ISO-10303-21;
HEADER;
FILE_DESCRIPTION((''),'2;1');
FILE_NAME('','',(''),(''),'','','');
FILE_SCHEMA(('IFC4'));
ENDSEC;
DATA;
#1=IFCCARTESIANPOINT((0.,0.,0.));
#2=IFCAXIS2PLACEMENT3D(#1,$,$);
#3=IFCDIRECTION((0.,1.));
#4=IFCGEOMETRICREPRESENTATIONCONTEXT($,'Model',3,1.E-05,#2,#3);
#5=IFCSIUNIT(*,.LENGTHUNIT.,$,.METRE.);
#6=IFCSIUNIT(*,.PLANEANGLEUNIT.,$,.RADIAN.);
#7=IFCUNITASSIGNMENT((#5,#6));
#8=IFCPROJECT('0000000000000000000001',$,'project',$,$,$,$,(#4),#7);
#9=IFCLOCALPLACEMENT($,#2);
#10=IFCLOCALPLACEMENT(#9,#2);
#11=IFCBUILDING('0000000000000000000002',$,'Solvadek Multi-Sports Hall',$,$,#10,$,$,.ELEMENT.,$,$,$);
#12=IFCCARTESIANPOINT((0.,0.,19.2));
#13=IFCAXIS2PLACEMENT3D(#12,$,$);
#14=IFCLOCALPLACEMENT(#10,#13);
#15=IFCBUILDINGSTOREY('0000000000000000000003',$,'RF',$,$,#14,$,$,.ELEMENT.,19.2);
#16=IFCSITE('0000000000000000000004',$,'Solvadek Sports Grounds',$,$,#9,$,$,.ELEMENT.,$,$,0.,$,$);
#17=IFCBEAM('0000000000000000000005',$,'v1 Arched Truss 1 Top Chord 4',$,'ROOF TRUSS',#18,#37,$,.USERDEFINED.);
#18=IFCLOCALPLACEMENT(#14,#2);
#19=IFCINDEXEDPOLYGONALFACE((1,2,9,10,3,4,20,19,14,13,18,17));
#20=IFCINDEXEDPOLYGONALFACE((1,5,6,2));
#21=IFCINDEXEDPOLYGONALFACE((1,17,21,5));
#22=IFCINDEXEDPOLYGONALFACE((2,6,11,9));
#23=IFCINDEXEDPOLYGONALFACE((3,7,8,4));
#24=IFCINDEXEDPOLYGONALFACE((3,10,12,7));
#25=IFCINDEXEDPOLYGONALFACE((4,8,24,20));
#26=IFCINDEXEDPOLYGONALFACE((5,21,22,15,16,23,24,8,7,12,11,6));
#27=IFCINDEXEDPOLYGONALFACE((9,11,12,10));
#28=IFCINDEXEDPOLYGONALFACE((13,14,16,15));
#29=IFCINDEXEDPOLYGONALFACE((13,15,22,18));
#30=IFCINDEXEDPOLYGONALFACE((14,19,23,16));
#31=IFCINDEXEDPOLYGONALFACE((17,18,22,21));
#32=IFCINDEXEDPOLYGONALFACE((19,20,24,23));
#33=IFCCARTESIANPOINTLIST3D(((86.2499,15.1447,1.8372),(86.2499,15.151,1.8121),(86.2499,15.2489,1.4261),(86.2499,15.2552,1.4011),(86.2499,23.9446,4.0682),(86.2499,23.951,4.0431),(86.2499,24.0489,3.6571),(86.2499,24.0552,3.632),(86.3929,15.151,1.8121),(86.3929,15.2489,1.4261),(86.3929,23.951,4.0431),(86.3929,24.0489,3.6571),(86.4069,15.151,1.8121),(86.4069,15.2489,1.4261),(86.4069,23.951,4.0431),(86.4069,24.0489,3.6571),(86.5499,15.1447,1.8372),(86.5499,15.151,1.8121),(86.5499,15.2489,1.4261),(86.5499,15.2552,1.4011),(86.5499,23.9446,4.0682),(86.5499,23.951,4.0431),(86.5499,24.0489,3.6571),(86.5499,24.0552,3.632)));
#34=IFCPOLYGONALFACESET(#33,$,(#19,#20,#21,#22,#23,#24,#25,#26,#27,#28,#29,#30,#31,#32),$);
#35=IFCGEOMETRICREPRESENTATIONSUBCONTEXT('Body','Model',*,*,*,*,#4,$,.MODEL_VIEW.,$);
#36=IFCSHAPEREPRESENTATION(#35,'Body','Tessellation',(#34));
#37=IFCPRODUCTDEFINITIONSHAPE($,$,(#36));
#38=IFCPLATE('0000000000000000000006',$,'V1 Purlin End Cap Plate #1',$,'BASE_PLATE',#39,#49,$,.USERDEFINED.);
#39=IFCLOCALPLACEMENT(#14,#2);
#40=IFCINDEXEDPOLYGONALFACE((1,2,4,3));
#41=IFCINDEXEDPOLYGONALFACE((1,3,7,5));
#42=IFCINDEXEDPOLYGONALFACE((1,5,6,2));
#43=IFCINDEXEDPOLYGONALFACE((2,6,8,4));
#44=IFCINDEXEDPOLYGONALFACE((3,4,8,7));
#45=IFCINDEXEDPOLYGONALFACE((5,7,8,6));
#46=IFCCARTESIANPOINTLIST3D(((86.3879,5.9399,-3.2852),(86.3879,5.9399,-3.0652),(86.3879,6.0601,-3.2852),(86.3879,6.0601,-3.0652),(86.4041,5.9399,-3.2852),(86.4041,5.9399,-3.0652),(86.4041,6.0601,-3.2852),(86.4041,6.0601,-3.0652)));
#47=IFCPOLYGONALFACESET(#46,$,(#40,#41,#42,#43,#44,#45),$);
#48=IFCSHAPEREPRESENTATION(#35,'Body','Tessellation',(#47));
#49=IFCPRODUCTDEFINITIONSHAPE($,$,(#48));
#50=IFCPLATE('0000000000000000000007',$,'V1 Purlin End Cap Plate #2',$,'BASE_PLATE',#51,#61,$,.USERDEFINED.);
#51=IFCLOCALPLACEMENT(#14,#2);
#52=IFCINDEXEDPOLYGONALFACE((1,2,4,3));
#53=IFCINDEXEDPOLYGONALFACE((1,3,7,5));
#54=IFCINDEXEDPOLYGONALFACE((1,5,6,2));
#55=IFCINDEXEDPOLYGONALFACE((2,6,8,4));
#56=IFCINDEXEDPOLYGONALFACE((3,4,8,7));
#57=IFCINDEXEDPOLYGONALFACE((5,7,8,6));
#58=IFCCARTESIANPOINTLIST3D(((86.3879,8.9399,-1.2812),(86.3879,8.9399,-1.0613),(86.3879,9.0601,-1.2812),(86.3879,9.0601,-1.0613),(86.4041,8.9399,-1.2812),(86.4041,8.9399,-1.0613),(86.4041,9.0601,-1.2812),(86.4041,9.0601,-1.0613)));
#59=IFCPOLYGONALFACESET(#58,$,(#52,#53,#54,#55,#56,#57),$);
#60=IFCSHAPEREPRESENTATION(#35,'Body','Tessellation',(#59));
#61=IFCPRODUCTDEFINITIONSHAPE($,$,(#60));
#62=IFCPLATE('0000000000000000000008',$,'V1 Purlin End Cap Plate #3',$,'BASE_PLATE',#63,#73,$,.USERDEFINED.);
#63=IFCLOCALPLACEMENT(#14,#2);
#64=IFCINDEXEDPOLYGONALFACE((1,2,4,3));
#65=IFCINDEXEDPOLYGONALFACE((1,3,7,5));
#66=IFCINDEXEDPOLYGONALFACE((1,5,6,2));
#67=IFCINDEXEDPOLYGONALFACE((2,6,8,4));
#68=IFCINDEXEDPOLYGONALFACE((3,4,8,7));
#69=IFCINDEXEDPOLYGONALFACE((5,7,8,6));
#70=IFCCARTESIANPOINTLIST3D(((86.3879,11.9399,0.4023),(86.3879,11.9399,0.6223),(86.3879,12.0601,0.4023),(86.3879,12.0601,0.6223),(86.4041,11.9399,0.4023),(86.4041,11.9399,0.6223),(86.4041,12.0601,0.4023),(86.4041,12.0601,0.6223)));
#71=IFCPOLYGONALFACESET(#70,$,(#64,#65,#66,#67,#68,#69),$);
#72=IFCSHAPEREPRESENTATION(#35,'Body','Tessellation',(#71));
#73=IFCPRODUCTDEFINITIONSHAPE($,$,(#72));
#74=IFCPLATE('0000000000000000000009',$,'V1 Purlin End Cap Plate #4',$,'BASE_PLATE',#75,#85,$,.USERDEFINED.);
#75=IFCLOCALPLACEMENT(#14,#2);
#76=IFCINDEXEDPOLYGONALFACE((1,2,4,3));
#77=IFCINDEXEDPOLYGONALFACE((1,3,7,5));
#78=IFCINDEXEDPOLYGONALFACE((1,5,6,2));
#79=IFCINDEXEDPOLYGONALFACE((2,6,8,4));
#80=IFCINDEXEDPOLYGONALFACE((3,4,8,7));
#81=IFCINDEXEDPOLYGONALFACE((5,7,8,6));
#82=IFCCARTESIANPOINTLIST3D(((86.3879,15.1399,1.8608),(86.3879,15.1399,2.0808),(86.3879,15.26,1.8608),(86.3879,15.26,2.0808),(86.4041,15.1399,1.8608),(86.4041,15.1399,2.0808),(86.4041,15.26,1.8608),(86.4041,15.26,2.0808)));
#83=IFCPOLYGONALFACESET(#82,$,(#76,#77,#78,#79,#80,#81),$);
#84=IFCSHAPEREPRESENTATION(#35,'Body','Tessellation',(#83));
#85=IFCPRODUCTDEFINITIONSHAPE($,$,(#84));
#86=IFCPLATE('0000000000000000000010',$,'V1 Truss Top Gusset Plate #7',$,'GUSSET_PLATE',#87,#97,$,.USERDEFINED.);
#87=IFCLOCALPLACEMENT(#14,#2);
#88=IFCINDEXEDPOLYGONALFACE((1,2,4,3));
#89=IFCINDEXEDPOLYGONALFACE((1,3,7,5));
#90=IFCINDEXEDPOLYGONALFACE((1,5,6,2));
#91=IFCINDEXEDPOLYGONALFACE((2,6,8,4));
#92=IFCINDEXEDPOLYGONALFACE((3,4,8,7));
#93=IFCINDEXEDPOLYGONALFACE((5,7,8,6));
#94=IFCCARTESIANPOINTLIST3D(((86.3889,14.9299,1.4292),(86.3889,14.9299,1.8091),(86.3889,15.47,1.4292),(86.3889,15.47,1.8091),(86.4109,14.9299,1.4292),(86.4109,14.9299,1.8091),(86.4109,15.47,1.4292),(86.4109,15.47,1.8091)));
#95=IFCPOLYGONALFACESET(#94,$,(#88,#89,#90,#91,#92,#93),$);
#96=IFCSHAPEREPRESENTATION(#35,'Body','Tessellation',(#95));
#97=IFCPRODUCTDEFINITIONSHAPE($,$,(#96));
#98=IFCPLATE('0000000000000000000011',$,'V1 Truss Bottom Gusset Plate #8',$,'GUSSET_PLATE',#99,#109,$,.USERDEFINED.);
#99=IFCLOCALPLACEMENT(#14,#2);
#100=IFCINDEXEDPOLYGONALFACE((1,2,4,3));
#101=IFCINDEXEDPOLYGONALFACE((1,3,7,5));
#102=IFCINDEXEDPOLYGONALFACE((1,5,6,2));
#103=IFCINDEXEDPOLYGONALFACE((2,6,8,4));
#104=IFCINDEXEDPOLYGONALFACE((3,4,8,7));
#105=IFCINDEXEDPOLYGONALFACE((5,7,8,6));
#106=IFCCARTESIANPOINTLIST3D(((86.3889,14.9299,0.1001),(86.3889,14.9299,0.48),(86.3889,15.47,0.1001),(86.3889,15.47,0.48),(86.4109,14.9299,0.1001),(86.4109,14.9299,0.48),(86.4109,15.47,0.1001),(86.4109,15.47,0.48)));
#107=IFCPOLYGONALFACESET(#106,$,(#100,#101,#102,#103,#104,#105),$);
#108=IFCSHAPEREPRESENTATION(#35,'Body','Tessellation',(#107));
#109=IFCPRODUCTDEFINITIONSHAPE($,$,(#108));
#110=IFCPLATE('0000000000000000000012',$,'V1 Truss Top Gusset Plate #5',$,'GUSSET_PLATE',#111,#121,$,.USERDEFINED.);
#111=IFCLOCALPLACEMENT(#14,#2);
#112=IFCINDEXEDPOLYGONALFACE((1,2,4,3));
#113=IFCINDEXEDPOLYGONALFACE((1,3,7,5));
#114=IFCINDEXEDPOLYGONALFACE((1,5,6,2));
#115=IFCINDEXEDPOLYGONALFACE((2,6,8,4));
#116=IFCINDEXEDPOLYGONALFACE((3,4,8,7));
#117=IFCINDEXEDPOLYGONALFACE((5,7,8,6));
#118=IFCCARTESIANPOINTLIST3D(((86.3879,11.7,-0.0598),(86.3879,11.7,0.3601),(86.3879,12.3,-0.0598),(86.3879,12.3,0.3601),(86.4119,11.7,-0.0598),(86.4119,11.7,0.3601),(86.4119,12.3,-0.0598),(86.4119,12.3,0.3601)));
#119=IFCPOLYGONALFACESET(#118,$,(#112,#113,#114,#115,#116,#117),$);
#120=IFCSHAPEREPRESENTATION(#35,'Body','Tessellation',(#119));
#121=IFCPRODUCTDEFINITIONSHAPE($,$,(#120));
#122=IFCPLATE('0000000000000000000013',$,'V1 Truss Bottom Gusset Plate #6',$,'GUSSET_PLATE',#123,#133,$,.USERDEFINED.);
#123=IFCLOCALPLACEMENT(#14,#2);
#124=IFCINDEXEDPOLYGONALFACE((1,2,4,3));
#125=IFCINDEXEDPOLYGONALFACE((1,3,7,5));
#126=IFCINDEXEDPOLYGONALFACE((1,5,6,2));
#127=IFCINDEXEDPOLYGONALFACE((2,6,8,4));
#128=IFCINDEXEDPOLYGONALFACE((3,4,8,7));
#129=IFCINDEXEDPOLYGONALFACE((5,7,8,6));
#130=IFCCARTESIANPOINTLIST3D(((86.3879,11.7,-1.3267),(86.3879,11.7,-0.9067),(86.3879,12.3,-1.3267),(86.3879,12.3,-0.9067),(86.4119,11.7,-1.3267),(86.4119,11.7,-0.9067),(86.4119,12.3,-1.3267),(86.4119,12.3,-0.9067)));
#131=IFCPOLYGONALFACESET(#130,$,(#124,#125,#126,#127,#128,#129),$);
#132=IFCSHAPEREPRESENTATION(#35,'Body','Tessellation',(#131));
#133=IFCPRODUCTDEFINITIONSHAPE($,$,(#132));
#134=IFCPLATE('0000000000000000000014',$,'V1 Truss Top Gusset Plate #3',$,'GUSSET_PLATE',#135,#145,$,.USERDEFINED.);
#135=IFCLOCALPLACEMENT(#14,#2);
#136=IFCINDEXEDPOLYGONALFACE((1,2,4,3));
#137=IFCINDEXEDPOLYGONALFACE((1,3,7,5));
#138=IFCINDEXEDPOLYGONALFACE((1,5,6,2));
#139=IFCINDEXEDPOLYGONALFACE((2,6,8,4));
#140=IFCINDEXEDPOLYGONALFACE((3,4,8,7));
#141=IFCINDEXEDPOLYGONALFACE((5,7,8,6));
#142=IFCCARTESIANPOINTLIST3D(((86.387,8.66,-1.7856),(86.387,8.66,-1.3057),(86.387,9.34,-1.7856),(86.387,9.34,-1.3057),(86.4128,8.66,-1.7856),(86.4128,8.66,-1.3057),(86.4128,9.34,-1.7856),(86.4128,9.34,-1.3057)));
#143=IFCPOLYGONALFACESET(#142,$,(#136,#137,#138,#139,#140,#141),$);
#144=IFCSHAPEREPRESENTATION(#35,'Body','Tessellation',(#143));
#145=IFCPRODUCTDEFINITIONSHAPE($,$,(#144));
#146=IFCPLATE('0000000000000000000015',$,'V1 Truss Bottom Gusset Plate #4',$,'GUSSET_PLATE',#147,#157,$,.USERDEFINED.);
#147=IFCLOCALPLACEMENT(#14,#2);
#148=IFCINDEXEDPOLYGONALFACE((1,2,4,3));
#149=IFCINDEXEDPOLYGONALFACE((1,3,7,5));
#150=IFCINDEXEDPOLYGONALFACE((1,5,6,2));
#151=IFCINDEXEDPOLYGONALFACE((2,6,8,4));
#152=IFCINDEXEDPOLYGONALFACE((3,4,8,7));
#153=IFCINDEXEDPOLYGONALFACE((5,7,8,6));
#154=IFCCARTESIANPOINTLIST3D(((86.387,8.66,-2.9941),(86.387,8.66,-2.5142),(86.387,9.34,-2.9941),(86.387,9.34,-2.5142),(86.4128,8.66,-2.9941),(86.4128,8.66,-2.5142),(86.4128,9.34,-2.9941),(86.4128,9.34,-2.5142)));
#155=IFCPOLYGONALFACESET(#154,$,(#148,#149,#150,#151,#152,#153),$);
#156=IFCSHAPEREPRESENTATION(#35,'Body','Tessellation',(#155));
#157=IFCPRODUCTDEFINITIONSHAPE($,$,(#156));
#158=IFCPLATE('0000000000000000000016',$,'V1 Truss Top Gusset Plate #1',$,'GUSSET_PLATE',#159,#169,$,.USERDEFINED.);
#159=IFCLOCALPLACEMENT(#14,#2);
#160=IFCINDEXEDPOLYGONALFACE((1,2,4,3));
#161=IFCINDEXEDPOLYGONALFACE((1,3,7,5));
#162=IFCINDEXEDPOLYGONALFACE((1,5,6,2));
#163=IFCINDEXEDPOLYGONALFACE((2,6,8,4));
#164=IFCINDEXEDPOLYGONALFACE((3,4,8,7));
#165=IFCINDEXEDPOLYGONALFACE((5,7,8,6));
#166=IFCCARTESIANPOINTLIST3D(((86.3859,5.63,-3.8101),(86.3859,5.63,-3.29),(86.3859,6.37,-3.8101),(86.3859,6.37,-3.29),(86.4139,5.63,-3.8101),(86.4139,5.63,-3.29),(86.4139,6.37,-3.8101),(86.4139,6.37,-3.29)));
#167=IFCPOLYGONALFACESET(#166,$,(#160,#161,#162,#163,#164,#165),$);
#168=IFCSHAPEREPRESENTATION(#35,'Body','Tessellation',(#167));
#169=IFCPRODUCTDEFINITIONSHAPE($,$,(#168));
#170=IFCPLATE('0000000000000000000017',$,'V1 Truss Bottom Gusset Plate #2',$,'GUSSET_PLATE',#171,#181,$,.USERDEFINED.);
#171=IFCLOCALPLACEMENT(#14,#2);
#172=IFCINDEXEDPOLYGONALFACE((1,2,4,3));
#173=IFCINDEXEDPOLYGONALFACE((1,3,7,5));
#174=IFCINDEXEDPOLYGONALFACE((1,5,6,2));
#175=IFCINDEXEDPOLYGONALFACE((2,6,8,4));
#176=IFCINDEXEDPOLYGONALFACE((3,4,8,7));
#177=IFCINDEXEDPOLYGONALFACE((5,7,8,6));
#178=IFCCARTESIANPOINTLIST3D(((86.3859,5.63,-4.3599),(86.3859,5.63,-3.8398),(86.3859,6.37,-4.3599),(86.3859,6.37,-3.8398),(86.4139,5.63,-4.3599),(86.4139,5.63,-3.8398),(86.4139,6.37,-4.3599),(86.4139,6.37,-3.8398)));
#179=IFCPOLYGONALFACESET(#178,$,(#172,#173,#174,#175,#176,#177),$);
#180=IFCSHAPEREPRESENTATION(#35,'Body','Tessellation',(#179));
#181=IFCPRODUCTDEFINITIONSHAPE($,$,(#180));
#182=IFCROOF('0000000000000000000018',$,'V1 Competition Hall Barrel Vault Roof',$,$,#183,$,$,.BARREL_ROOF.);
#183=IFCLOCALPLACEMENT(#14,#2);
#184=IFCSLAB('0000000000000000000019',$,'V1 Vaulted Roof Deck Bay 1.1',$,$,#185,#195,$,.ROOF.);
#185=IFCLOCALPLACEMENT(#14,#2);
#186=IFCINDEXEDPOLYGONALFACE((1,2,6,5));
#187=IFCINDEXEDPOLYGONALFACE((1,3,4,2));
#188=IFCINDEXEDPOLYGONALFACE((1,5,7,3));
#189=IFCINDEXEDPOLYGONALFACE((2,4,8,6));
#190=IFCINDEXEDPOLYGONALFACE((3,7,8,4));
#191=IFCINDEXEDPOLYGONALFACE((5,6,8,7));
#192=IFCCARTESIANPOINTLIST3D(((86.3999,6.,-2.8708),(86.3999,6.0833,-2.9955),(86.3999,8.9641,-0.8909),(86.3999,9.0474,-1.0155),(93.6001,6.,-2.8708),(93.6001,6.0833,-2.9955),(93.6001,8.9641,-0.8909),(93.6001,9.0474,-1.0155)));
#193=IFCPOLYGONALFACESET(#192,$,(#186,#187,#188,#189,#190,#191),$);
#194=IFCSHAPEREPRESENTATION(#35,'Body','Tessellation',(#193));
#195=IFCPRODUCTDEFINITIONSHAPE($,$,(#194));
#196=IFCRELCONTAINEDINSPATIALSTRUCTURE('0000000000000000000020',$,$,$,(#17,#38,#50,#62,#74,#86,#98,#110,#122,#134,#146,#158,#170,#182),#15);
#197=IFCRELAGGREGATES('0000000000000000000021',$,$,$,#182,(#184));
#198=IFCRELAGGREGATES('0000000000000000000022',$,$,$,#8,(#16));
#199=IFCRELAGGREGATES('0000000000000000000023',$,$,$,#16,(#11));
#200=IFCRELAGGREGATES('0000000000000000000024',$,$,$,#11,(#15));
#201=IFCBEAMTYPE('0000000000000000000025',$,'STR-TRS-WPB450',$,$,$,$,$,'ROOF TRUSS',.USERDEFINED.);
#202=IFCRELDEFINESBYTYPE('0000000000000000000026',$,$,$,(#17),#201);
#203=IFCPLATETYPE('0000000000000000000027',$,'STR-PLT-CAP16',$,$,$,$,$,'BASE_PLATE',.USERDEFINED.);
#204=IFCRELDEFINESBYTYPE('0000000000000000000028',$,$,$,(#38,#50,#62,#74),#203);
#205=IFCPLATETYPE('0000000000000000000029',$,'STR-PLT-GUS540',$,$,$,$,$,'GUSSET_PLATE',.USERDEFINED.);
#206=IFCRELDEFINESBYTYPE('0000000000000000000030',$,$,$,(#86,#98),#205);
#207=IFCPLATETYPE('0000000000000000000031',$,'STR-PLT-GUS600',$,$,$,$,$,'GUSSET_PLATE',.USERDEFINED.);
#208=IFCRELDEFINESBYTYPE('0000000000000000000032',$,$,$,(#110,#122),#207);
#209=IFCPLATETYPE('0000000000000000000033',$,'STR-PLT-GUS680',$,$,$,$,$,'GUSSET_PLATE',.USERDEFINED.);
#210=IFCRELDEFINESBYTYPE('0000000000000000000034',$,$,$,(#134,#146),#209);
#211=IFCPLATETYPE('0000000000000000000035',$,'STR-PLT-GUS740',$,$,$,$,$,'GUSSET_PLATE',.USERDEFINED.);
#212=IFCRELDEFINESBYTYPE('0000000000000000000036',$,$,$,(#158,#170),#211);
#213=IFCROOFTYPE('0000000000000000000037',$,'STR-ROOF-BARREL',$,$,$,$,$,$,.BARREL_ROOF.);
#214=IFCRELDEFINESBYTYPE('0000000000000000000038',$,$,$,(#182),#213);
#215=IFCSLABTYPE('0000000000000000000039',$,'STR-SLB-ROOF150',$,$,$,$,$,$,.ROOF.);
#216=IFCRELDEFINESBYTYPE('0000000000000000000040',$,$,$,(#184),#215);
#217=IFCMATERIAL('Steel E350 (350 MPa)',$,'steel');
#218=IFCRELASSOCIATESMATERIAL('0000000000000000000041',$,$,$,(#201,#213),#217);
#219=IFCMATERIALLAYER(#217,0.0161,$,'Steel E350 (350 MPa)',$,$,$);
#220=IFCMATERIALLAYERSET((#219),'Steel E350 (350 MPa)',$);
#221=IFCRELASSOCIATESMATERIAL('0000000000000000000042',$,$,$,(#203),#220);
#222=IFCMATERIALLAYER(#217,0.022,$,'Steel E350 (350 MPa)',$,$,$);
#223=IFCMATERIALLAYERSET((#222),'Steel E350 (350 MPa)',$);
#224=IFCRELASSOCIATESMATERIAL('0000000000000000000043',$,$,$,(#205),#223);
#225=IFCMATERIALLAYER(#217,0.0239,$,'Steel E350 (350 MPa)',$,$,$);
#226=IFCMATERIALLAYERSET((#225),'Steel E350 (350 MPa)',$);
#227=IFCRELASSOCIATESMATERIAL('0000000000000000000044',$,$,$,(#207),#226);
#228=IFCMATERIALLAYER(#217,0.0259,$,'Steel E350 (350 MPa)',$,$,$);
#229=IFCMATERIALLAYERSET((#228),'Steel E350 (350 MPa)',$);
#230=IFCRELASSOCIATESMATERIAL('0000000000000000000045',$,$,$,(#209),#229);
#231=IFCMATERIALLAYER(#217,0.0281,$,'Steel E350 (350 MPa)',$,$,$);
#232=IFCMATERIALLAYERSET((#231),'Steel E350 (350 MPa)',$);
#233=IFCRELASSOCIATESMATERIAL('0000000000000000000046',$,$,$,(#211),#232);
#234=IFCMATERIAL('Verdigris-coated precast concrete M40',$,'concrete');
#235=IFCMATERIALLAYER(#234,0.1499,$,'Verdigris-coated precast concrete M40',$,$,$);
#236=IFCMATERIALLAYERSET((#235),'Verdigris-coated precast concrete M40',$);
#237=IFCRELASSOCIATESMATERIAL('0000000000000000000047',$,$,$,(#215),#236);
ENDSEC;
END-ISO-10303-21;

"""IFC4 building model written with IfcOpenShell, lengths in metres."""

from ifc_helpers import new_model, si_unit, direction, frame, origin, origin_2d, place, context, subcontext, project, spatial, polyline, rectangle, i_section, outline, extrude, material, layer, layer_set, material_profile, profile_set, type_object, element, aggregate, save


model = new_model("IFC4")

# Units and contexts
model_context = context("Model", 3, precision=1e-05, world=origin(), true_north=direction((0.0, 1.0)))
body_context = subcontext(model_context, "Body", "Model", "MODEL_VIEW")
ifc_project = project(units=[si_unit("LENGTHUNIT", "METRE"), si_unit("PLANEANGLEUNIT", "RADIAN")], contexts=[model_context])

# Site, building, storey
site_placement = place(None, origin())
site = spatial("IfcSite", under=ifc_project, at=site_placement, Name="Solvadek Sports Grounds", CompositionType="ELEMENT", RefElevation=0.0)
building_placement = place(site_placement, origin())
building = spatial("IfcBuilding", under=site, at=building_placement, Name="Solvadek Multi-Sports Hall", CompositionType="ELEMENT")
storey_placement = place(building_placement, frame((0.0, 0.0, 19.2)))
storey = spatial("IfcBuildingStorey", under=building, at=storey_placement, Name="RF", CompositionType="ELEMENT", Elevation=19.2)

# Shared definitions
ifc_material_1 = material(Name="Steel E350 (350 MPa)", Category="steel")

# Beam
ifc_material_profile_1 = material_profile(ifc_material_1, i_section(OverallWidth=0.3, OverallDepth=0.45, WebThickness=0.0139, FlangeThickness=0.0259, at=origin_2d()), Name="WPB 450")
ifc_profile_set_1 = profile_set([ifc_material_profile_1], Name="Steel E350 (350 MPa)")
beam_type_1 = type_object("IfcBeamType", Name="STR-TRS-WPB450", ElementType="ROOF TRUSS", PredefinedType="USERDEFINED", material=ifc_profile_set_1)
beam_1_placement = place(storey_placement, frame((86.3999, 15.2, 1.6191), z_axis=(0.0, 0.969335, 0.245742), x_axis=(-1.0, 0.0, 0.0)))
element("IfcBeam", 1, at=beam_1_placement, inside=storey, type_object=beam_type_1, Name="v1 Arched Truss 1 Top Chord 4", ObjectType="ROOF TRUSS", PredefinedType="USERDEFINED", context=body_context, shape_type="SweptSolid", body=[
    extrude(i_section(OverallWidth=0.3, OverallDepth=0.45, WebThickness=0.0139, FlangeThickness=0.0259, at=origin_2d()), origin(), (0.0, 0.0, 1.0), 9.0784),
])

# Plates
ifc_layer_1 = layer(ifc_material_1, 0.0161, Name="Steel E350 (350 MPa)")
ifc_layer_set_1 = layer_set([ifc_layer_1], Name="Steel E350 (350 MPa)")
plate_type_1 = type_object("IfcPlateType", Name="STR-PLT-CAP16", ElementType="BASE_PLATE", PredefinedType="USERDEFINED", material=ifc_layer_set_1)
for number, where, z_axis, x_axis, name in (
    (2, (86.396, 6.0, -3.2852), (0.0, 0.0, 1.0), (1.0, 0.0, 0.0), "V1 Purlin End Cap Plate #1"),
    (3, (86.396, 9.0, -1.2812), (0.0, 0.0, 1.0), (1.0, 0.0, 0.0), "V1 Purlin End Cap Plate #2"),
    (4, (86.396, 12.0, 0.4023), (0.0, 0.0, 1.0), (1.0, 0.0, 0.0), "V1 Purlin End Cap Plate #3"),
    (5, (86.396, 15.2, 1.8608), (0.0, 0.0, 1.0), (1.0, 0.0, 0.0), "V1 Purlin End Cap Plate #4"),
):
    element("IfcPlate", number, at=place(storey_placement, frame(where, z_axis=z_axis, x_axis=x_axis)), inside=storey, type_object=plate_type_1, Name=name, ObjectType="BASE_PLATE", PredefinedType="USERDEFINED", context=body_context, shape_type="SweptSolid", body=[
        extrude(rectangle(XDim=0.0161, YDim=0.1201, at=origin_2d()), origin(), (0.0, 0.0, 1.0), 0.22),
    ])
ifc_layer_2 = layer(ifc_material_1, 0.022, Name="Steel E350 (350 MPa)")
ifc_layer_set_2 = layer_set([ifc_layer_2], Name="Steel E350 (350 MPa)")
plate_type_2 = type_object("IfcPlateType", Name="STR-PLT-GUS540", ElementType="GUSSET_PLATE", PredefinedType="USERDEFINED", material=ifc_layer_set_2)
for number, where, z_axis, x_axis, name in (
    (6, (86.3999, 15.2, 1.4292), (0.0, 0.0, 1.0), (0.0, 1.0, 0.0), "V1 Truss Top Gusset Plate #7"),
    (7, (86.3999, 15.2, 0.1001), (0.0, 0.0, 1.0), (0.0, 1.0, 0.0), "V1 Truss Bottom Gusset Plate #8"),
):
    element("IfcPlate", number, at=place(storey_placement, frame(where, z_axis=z_axis, x_axis=x_axis)), inside=storey, type_object=plate_type_2, Name=name, ObjectType="GUSSET_PLATE", PredefinedType="USERDEFINED", context=body_context, shape_type="SweptSolid", body=[
        extrude(rectangle(XDim=0.54, YDim=0.022, at=origin_2d()), origin(), (0.0, 0.0, 1.0), 0.3799),
    ])
ifc_layer_3 = layer(ifc_material_1, 0.0239, Name="Steel E350 (350 MPa)")
ifc_layer_set_3 = layer_set([ifc_layer_3], Name="Steel E350 (350 MPa)")
plate_type_3 = type_object("IfcPlateType", Name="STR-PLT-GUS600", ElementType="GUSSET_PLATE", PredefinedType="USERDEFINED", material=ifc_layer_set_3)
for number, where, z_axis, x_axis, name in (
    (8, (86.3999, 12.0, -0.0598), (0.0, 0.0, 1.0), (0.0, 1.0, 0.0), "V1 Truss Top Gusset Plate #5"),
    (9, (86.3999, 12.0, -1.3267), (0.0, 0.0, 1.0), (0.0, 1.0, 0.0), "V1 Truss Bottom Gusset Plate #6"),
):
    element("IfcPlate", number, at=place(storey_placement, frame(where, z_axis=z_axis, x_axis=x_axis)), inside=storey, type_object=plate_type_3, Name=name, ObjectType="GUSSET_PLATE", PredefinedType="USERDEFINED", context=body_context, shape_type="SweptSolid", body=[
        extrude(rectangle(XDim=0.6001, YDim=0.0239, at=origin_2d()), origin(), (0.0, 0.0, 1.0), 0.4199),
    ])
ifc_layer_4 = layer(ifc_material_1, 0.0259, Name="Steel E350 (350 MPa)")
ifc_layer_set_4 = layer_set([ifc_layer_4], Name="Steel E350 (350 MPa)")
plate_type_4 = type_object("IfcPlateType", Name="STR-PLT-GUS680", ElementType="GUSSET_PLATE", PredefinedType="USERDEFINED", material=ifc_layer_set_4)
for number, where, z_axis, x_axis, name in (
    (10, (86.3999, 9.0, -1.7856), (0.0, 0.0, 1.0), (0.0, 1.0, 0.0), "V1 Truss Top Gusset Plate #3"),
    (11, (86.3999, 9.0, -2.9941), (0.0, 0.0, 1.0), (0.0, 1.0, 0.0), "V1 Truss Bottom Gusset Plate #4"),
):
    element("IfcPlate", number, at=place(storey_placement, frame(where, z_axis=z_axis, x_axis=x_axis)), inside=storey, type_object=plate_type_4, Name=name, ObjectType="GUSSET_PLATE", PredefinedType="USERDEFINED", context=body_context, shape_type="SweptSolid", body=[
        extrude(rectangle(XDim=0.6799, YDim=0.0259, at=origin_2d()), origin(), (0.0, 0.0, 1.0), 0.48),
    ])
ifc_layer_5 = layer(ifc_material_1, 0.0281, Name="Steel E350 (350 MPa)")
ifc_layer_set_5 = layer_set([ifc_layer_5], Name="Steel E350 (350 MPa)")
plate_type_5 = type_object("IfcPlateType", Name="STR-PLT-GUS740", ElementType="GUSSET_PLATE", PredefinedType="USERDEFINED", material=ifc_layer_set_5)
for number, where, z_axis, x_axis, name in (
    (12, (86.3999, 6.0, -3.8101), (0.0, 0.0, 1.0), (0.0, 1.0, 0.0), "V1 Truss Top Gusset Plate #1"),
    (13, (86.3999, 6.0, -4.3599), (0.0, 0.0, 1.0), (0.0, 1.0, 0.0), "V1 Truss Bottom Gusset Plate #2"),
):
    element("IfcPlate", number, at=place(storey_placement, frame(where, z_axis=z_axis, x_axis=x_axis)), inside=storey, type_object=plate_type_5, Name=name, ObjectType="GUSSET_PLATE", PredefinedType="USERDEFINED", context=body_context, shape_type="SweptSolid", body=[
        extrude(rectangle(XDim=0.74, YDim=0.0281, at=origin_2d()), origin(), (0.0, 0.0, 1.0), 0.52),
    ])

# Roof, slab
roof_type = type_object("IfcRoofType", Name="STR-ROOF-BARREL", PredefinedType="BARREL_ROOF", material=ifc_material_1)
roof_placement = place(storey_placement, origin())
roof = element("IfcRoof", 14, at=roof_placement, inside=storey, type_object=roof_type, Name="V1 Competition Hall Barrel Vault Roof", PredefinedType="BARREL_ROOF")
ifc_material_2 = material(Name="Verdigris-coated precast concrete M40", Category="concrete")
ifc_layer_6 = layer(ifc_material_2, 0.1499, Name="Verdigris-coated precast concrete M40")
ifc_layer_set_6 = layer_set([ifc_layer_6], Name="Verdigris-coated precast concrete M40")
slab_type = type_object("IfcSlabType", Name="STR-SLB-ROOF150", PredefinedType="ROOF", material=ifc_layer_set_6)
slab_1_placement = place(storey_placement, frame((86.3999, 6.0, -2.8708), z_axis=(0.0, -0.555459, 0.831544), x_axis=(1.0, 0.0, 0.0)))
slab_1 = element("IfcSlab", 15, at=slab_1_placement, type_object=slab_type, Name="V1 Vaulted Roof Deck Bay 1.1", PredefinedType="ROOF", context=body_context, shape_type="SweptSolid", body=[
    extrude(outline(polyline([(0.0, 0.0), (7.2002, 0.0), (7.2002, 3.5646), (0.0, 3.5646), (0.0, 0.0)])), origin(), (0.0, 0.0, -1.0), 0.1499),
])
aggregate(roof, [slab_1])

save(model, "model.ifc")
